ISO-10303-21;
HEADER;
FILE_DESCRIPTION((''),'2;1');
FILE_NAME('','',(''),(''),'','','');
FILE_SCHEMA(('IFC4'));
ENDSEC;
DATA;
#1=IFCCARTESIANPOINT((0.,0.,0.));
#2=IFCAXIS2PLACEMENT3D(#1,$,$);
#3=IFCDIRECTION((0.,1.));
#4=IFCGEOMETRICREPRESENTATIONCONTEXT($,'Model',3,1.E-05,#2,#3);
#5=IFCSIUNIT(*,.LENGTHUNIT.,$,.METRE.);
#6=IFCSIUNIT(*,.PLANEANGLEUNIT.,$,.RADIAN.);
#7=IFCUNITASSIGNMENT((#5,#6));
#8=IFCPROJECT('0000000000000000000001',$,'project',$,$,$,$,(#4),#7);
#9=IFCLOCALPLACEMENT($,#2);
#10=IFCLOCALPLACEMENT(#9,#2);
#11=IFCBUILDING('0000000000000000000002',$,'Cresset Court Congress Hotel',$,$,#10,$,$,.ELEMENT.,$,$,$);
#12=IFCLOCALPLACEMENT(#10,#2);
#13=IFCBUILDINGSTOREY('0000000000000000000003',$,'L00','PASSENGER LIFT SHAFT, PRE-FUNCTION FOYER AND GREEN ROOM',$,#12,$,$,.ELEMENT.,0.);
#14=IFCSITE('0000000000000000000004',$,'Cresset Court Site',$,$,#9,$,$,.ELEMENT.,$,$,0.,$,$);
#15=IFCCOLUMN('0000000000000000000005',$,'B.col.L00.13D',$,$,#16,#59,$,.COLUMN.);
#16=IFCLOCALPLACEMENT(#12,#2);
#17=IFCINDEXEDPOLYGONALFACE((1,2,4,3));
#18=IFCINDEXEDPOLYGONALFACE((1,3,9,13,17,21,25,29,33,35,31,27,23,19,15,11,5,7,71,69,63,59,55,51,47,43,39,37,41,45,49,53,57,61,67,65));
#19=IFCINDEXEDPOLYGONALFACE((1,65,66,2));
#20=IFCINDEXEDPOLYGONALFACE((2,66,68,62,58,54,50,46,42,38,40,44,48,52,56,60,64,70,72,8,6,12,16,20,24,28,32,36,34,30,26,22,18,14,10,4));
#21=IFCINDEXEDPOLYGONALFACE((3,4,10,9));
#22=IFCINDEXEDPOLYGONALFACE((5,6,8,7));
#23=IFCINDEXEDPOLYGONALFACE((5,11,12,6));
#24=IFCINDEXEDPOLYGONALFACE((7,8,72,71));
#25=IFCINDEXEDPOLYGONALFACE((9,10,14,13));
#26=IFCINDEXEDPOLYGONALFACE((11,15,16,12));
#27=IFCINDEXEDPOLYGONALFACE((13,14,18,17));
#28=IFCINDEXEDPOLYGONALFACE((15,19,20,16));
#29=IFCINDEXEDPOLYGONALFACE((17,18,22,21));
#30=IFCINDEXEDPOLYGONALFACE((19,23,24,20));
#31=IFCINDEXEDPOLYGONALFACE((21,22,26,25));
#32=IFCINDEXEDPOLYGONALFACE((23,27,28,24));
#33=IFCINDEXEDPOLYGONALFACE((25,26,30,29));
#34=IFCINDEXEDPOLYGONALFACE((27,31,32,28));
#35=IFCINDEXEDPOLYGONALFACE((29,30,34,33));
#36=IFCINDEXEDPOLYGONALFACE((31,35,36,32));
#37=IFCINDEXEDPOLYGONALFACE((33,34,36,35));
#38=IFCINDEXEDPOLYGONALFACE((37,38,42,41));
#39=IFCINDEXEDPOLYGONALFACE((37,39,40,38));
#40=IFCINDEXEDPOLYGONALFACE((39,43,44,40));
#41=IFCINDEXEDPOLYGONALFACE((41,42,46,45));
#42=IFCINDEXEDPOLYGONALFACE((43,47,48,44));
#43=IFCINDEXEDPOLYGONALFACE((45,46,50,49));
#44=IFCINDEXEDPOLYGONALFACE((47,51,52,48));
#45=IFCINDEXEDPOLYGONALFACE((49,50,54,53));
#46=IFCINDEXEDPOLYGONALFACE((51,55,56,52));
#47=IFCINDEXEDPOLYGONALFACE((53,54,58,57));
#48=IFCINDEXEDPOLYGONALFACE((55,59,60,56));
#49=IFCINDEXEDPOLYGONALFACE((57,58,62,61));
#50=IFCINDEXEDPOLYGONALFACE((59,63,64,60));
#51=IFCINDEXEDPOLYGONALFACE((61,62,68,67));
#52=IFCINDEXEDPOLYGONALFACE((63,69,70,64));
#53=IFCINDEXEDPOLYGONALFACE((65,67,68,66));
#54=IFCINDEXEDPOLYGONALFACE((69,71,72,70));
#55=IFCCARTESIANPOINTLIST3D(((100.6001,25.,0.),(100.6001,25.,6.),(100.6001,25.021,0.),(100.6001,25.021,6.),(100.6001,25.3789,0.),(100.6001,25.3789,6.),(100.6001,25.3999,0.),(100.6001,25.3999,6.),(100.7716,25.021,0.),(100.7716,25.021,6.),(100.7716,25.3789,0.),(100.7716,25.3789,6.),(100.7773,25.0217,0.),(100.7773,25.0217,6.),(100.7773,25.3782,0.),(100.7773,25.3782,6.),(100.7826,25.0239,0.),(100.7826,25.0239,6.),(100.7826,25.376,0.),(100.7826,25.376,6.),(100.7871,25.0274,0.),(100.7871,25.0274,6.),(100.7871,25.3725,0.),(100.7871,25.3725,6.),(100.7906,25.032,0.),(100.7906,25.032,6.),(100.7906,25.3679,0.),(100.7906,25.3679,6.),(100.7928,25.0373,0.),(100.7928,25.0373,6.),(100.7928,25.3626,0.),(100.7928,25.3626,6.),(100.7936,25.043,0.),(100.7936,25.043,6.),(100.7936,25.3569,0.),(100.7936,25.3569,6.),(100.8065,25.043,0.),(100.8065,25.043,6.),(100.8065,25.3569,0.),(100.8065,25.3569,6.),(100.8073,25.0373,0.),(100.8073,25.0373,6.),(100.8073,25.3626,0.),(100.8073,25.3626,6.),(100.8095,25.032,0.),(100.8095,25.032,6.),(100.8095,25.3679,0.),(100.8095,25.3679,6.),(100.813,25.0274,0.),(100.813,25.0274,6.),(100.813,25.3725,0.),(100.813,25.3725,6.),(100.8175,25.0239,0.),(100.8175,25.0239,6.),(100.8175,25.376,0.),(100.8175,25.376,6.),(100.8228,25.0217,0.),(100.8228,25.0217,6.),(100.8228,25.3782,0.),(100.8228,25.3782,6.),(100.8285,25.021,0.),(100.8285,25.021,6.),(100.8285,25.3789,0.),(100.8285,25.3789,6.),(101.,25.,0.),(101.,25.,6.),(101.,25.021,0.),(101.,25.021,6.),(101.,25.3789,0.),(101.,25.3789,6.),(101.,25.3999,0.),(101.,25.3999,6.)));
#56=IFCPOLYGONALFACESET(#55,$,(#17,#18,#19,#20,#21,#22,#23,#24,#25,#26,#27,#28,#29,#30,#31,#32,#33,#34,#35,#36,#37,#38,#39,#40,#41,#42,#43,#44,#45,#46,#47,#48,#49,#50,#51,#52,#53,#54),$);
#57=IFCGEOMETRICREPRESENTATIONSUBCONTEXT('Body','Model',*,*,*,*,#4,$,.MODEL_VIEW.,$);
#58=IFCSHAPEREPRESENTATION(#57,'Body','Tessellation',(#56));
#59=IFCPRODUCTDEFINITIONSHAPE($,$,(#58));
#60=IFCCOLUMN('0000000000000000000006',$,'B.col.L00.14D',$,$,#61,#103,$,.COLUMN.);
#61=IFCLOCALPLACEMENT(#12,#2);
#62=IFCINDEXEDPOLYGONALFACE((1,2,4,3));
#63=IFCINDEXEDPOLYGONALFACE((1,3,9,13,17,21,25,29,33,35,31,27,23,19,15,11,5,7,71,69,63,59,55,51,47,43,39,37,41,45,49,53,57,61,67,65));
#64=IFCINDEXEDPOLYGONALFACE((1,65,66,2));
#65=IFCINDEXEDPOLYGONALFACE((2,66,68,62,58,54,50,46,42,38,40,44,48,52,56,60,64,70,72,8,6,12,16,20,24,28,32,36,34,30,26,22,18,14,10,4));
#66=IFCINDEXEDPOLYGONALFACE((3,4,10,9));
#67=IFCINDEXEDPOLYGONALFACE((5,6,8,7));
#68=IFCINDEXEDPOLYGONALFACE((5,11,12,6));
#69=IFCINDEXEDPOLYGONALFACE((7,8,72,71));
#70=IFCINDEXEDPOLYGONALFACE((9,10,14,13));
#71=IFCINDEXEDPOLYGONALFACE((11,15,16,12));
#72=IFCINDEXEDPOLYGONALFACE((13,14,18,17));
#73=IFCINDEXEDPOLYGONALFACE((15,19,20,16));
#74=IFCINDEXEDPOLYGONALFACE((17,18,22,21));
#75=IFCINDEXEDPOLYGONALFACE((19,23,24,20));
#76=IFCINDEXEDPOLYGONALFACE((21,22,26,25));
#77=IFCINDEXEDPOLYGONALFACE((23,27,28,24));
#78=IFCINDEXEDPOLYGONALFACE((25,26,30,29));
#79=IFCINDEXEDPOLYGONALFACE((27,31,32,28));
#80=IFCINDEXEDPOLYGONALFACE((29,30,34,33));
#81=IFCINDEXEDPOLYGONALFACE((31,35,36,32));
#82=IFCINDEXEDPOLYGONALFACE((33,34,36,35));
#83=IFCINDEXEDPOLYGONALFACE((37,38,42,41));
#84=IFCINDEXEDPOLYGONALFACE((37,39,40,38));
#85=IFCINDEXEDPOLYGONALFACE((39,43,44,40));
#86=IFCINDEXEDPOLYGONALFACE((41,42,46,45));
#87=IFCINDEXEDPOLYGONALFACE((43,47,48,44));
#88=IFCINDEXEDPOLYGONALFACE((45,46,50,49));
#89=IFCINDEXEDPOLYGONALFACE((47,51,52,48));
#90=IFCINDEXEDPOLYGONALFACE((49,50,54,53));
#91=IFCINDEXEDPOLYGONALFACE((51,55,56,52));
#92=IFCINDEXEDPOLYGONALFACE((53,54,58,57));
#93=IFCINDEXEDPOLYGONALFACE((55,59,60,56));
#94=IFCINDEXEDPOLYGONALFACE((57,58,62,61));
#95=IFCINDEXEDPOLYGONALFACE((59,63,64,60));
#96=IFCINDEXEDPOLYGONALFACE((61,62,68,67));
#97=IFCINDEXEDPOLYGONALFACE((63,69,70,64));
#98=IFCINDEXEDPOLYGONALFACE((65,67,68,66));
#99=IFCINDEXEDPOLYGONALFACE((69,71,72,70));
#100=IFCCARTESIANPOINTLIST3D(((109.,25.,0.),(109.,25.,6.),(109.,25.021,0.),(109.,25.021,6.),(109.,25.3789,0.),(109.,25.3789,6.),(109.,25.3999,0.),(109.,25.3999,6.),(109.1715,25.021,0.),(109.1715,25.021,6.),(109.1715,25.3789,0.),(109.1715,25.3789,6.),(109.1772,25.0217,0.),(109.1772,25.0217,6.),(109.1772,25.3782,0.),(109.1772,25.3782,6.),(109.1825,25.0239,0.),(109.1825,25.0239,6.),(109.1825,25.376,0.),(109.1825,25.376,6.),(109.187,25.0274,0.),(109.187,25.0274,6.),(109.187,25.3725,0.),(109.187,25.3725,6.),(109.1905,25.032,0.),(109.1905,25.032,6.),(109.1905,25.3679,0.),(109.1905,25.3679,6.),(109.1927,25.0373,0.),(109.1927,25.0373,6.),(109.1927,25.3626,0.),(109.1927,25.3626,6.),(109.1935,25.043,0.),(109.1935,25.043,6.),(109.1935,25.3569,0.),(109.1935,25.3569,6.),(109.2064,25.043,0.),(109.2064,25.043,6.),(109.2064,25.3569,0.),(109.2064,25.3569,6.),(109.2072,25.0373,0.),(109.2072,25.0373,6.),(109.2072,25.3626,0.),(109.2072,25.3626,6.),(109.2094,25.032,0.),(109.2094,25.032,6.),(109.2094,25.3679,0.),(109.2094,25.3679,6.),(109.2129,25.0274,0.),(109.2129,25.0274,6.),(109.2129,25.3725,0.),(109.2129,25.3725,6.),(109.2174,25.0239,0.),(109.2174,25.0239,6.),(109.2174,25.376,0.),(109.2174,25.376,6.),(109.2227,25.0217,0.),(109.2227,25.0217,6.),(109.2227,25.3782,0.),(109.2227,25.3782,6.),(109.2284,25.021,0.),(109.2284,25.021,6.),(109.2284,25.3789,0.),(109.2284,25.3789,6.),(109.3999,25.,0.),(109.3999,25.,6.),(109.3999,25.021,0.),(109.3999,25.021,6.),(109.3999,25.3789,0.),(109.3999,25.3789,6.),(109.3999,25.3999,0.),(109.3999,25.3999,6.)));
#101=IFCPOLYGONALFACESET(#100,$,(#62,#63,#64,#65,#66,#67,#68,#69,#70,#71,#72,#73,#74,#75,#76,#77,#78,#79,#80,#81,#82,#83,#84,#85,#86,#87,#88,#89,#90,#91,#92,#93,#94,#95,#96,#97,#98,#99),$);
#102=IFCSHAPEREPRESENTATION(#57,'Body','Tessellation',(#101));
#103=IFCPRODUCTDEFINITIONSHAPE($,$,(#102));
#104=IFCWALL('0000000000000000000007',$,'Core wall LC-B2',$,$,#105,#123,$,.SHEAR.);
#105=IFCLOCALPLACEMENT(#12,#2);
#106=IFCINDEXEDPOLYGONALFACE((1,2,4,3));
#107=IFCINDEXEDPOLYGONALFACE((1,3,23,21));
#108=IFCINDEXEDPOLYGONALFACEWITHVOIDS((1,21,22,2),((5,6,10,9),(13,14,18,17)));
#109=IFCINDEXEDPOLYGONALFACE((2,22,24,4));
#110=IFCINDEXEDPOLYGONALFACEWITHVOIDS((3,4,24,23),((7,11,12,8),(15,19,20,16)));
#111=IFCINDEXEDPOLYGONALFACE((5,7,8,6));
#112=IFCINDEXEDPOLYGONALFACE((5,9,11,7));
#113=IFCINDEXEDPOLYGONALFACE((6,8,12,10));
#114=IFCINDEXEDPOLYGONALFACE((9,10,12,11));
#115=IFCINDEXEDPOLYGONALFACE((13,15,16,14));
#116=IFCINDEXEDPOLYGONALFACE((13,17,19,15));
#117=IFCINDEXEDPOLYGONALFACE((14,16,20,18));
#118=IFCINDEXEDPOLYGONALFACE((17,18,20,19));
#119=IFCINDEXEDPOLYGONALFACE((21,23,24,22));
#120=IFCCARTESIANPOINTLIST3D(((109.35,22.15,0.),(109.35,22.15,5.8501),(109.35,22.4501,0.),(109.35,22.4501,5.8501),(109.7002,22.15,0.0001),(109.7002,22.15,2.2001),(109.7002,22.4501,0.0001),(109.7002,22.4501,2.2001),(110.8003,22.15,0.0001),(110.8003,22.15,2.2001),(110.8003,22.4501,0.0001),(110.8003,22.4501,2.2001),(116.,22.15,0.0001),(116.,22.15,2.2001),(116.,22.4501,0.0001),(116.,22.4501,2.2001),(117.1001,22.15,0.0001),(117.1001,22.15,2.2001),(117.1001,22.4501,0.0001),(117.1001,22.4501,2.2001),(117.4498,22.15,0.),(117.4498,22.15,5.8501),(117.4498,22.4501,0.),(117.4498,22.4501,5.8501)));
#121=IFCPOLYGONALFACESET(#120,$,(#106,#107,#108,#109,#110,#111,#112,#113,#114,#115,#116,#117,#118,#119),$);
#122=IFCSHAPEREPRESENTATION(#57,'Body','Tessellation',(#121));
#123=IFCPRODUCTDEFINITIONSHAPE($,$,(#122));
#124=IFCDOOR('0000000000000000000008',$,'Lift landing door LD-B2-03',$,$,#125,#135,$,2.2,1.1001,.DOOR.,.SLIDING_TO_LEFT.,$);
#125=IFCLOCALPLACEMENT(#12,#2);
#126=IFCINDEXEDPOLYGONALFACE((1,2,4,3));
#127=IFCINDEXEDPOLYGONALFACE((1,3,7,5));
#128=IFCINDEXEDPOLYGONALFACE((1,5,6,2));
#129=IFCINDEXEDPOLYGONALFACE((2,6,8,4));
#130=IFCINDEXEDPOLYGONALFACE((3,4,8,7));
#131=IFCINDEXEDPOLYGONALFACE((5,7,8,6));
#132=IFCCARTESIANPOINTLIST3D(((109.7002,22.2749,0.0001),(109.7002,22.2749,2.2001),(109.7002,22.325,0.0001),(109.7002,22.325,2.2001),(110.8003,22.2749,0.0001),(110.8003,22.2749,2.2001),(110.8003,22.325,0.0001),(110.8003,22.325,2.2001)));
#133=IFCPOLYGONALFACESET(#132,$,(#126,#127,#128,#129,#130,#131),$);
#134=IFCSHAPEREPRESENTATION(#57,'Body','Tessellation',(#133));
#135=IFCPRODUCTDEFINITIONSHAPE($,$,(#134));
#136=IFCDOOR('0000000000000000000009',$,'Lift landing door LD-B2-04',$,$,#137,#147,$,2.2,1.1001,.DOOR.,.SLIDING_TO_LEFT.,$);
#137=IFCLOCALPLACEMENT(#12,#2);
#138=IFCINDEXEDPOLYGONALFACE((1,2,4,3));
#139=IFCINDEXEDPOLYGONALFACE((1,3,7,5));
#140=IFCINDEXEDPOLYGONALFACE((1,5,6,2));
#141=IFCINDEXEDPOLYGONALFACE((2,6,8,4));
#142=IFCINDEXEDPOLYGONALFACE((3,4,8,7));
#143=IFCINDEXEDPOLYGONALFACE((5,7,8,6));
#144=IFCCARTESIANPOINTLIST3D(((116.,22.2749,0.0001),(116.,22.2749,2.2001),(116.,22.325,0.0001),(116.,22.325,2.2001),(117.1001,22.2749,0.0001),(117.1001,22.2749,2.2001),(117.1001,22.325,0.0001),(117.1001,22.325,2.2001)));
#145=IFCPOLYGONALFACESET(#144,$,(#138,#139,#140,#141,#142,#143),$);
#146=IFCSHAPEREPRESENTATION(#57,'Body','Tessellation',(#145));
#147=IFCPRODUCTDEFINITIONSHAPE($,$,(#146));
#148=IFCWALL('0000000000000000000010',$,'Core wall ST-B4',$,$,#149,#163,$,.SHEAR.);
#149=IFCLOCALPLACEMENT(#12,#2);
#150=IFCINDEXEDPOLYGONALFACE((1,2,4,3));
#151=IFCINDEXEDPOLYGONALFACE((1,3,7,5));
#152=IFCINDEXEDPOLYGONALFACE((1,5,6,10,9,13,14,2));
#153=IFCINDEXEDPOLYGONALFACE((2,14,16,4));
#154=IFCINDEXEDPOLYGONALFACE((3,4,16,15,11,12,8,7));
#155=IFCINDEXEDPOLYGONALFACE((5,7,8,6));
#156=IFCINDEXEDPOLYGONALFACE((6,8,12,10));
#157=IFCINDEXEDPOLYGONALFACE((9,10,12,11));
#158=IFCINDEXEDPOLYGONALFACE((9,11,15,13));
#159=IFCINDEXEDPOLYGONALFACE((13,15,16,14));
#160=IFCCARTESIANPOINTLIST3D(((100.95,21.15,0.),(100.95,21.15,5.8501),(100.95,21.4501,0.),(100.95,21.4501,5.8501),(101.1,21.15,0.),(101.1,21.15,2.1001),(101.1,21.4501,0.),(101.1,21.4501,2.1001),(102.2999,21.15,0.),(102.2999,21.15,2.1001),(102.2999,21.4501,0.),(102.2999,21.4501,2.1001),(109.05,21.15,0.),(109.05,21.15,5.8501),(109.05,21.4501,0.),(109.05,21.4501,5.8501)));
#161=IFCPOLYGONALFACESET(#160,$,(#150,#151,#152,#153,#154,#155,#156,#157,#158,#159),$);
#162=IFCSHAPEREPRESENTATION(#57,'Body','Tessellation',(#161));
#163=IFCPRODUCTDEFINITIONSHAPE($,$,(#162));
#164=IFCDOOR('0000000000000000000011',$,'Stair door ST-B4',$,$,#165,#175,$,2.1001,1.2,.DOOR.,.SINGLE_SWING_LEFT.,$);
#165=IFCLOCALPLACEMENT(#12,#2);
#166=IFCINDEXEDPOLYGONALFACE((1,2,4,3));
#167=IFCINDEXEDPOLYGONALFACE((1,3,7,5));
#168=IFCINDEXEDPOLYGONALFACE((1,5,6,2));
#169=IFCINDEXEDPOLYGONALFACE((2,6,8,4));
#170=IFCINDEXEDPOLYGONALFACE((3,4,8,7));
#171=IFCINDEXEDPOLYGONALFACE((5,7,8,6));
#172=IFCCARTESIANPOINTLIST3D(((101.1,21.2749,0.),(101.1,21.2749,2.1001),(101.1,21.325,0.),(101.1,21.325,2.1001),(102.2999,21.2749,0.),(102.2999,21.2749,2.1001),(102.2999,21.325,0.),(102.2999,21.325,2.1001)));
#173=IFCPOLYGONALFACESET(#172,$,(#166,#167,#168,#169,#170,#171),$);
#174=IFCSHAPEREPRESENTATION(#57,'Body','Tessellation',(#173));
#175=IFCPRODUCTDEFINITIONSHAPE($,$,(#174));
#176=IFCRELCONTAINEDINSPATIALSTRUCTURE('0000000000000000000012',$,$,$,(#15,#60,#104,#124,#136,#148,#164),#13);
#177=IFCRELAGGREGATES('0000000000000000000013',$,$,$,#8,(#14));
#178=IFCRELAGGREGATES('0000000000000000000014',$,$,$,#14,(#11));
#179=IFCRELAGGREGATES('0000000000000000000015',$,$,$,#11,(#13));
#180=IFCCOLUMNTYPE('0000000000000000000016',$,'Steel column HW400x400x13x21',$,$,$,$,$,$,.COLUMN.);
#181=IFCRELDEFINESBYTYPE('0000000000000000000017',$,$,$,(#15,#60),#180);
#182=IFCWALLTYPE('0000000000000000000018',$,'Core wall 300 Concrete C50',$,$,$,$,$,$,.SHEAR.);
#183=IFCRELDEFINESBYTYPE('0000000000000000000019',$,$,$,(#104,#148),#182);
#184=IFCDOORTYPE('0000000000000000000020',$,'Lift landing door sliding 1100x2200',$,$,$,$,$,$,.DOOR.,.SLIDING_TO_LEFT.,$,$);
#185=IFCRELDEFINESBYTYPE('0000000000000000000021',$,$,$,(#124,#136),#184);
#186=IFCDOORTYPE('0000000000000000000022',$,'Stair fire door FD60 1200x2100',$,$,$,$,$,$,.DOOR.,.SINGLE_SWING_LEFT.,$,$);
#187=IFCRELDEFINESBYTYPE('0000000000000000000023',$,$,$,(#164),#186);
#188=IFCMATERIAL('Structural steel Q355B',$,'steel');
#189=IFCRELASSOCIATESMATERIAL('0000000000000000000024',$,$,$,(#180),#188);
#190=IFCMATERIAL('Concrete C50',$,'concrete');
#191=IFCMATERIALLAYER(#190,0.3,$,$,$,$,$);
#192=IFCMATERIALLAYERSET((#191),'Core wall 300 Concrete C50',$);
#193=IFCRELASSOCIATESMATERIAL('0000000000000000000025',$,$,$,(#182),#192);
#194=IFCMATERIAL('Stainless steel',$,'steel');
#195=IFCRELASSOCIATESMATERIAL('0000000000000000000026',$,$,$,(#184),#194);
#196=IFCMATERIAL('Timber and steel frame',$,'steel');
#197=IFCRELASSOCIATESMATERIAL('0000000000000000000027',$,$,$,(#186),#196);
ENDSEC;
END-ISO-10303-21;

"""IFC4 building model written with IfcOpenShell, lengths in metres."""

from ifc_helpers import new_model, si_unit, direction, frame, frame_2d, origin, origin_2d, place, context, subcontext, project, spatial, rectangle, i_section, extrude, material, layer, layer_set, material_profile, profile_set, type_object, element, fill, save


model = new_model("IFC4")

# Units and contexts
model_context = context("Model", 3, precision=1e-05, world=origin(), true_north=direction((0.0, 1.0)))
body_context = subcontext(model_context, "Body", "Model", "MODEL_VIEW")
ifc_project = project(units=[si_unit("LENGTHUNIT", "METRE"), si_unit("PLANEANGLEUNIT", "RADIAN")], contexts=[model_context])

# Site, building, storey
site_placement = place(None, origin())
site = spatial("IfcSite", under=ifc_project, at=site_placement, Name="Cresset Court Site", CompositionType="ELEMENT", RefElevation=0.0)
building_placement = place(site_placement, origin())
building = spatial("IfcBuilding", under=site, at=building_placement, Name="Cresset Court Congress Hotel", CompositionType="ELEMENT")
storey_placement = place(building_placement, origin())
storey = spatial("IfcBuildingStorey", under=building, at=storey_placement, Name="L00", Description="PASSENGER LIFT SHAFT, PRE-FUNCTION FOYER AND GREEN ROOM", CompositionType="ELEMENT", Elevation=0.0)

# Columns
ifc_material_1 = material(Name="Structural steel Q355B", Category="steel")
ifc_material_profile = material_profile(ifc_material_1, i_section(OverallWidth=0.3999, OverallDepth=0.3999, WebThickness=0.0129, FlangeThickness=0.021, FilletRadius=0.022, at=origin_2d()), Name="HW400x400x13x21")
ifc_profile_set = profile_set([ifc_material_profile], Name="Structural steel Q355B")
column_type = type_object("IfcColumnType", Name="Steel column HW400x400x13x21", PredefinedType="COLUMN", material=ifc_profile_set)
for number, where, z_axis, x_axis, name in (
    (1, (100.8, 25.2, 0.0), (0.0, 0.0, 1.0), (1.0, 0.0, 0.0), "B.col.L00.13D"),
    (2, (109.2, 25.2, 0.0), (0.0, 0.0, 1.0), (1.0, 0.0, 0.0), "B.col.L00.14D"),
):
    element("IfcColumn", number, at=place(storey_placement, frame(where, z_axis=z_axis, x_axis=x_axis)), inside=storey, type_object=column_type, Name=name, PredefinedType="COLUMN", context=body_context, shape_type="SweptSolid", body=[
        extrude(i_section(OverallWidth=0.3999, OverallDepth=0.3999, WebThickness=0.0129, FlangeThickness=0.021, FilletRadius=0.022, at=origin_2d()), origin(), (0.0, 0.0, 1.0), 6.0),
    ])

# Wall, openings, doors
ifc_material_2 = material(Name="Concrete C50", Category="concrete")
ifc_layer_1 = layer(ifc_material_2, 0.3)
ifc_layer_set_1 = layer_set([ifc_layer_1], Name="Core wall 300 Concrete C50")
wall_type_1 = type_object("IfcWallType", Name="Core wall 300 Concrete C50", PredefinedType="SHEAR", material=ifc_layer_set_1)
wall_1_placement = place(storey_placement, frame((109.3501, 22.3, 0.0), z_axis=(0.0, 0.0, 1.0), x_axis=(1.0, 0.0, 0.0)))
wall_1 = element("IfcWall", 3, at=wall_1_placement, inside=storey, type_object=wall_type_1, Name="Core wall LC-B2", PredefinedType="SHEAR", context=body_context, shape_type="SweptSolid", body=[
    extrude(rectangle(XDim=8.0999, YDim=0.3, at=frame_2d((4.0498, 0.0))), origin(), (0.0, 0.0, 1.0), 5.8501),
])
opening_1_placement = place(wall_1_placement, frame((0.3501, 0.0, 0.0)))
opening_1 = element("IfcOpeningElement", 4, at=opening_1_placement, cuts=wall_1, PredefinedType="OPENING", context=body_context, shape_type="SweptSolid", body=[
    extrude(rectangle(XDim=1.1001, YDim=2.2, at=frame_2d((0.55, 1.1001))), frame((0.0, 0.1599, 0.0), z_axis=(0.0, -1.0, 0.0), x_axis=(1.0, 0.0, 0.0)), (0.0, 0.0, 1.0), 0.3201),
])
opening_2_placement = place(wall_1_placement, frame((6.6499, 0.0, 0.0)))
opening_2 = element("IfcOpeningElement", 5, at=opening_2_placement, cuts=wall_1, PredefinedType="OPENING", context=body_context, shape_type="SweptSolid", body=[
    extrude(rectangle(XDim=1.1001, YDim=2.2, at=frame_2d((0.55, 1.1001))), frame((0.0, 0.1599, 0.0), z_axis=(0.0, -1.0, 0.0), x_axis=(1.0, 0.0, 0.0)), (0.0, 0.0, 1.0), 0.3201),
])
ifc_material_3 = material(Name="Stainless steel", Category="steel")
door_type_1 = type_object("IfcDoorType", Name="Lift landing door sliding 1100x2200", OperationType="SLIDING_TO_LEFT", PredefinedType="DOOR", material=ifc_material_3)
door_1_placement = place(opening_1_placement, origin())
door_1 = element("IfcDoor", 6, at=door_1_placement, inside=storey, type_object=door_type_1, Name="Lift landing door LD-B2-03", OperationType="SLIDING_TO_LEFT", OverallHeight=2.2, OverallWidth=1.1001, PredefinedType="DOOR", context=body_context, shape_type="SweptSolid", body=[
    extrude(rectangle(XDim=1.1001, YDim=2.2, at=frame_2d((0.55, 1.1001))), frame((0.0, 0.0249, 0.0), z_axis=(0.0, -1.0, 0.0), x_axis=(1.0, 0.0, 0.0)), (0.0, 0.0, 1.0), 0.05),
])
fill(opening_1, door_1)
door_2_placement = place(opening_2_placement, origin())
door_2 = element("IfcDoor", 7, at=door_2_placement, inside=storey, type_object=door_type_1, Name="Lift landing door LD-B2-04", OperationType="SLIDING_TO_LEFT", OverallHeight=2.2, OverallWidth=1.1001, PredefinedType="DOOR", context=body_context, shape_type="SweptSolid", body=[
    extrude(rectangle(XDim=1.1001, YDim=2.2, at=frame_2d((0.55, 1.1001))), frame((0.0, 0.0249, 0.0), z_axis=(0.0, -1.0, 0.0), x_axis=(1.0, 0.0, 0.0)), (0.0, 0.0, 1.0), 0.05),
])
fill(opening_2, door_2)

# Wall, opening, door
wall_2_placement = place(storey_placement, frame((100.95, 21.3, 0.0), z_axis=(0.0, 0.0, 1.0), x_axis=(1.0, 0.0, 0.0)))
wall_2 = element("IfcWall", 8, at=wall_2_placement, inside=storey, type_object=wall_type_1, Name="Core wall ST-B4", PredefinedType="SHEAR", context=body_context, shape_type="SweptSolid", body=[
    extrude(rectangle(XDim=8.1001, YDim=0.3, at=frame_2d((4.05, 0.0))), origin(), (0.0, 0.0, 1.0), 5.8501),
])
opening_3_placement = place(wall_2_placement, frame((0.1499, 0.0, 0.0)))
opening_3 = element("IfcOpeningElement", 9, at=opening_3_placement, cuts=wall_2, PredefinedType="OPENING", context=body_context, shape_type="SweptSolid", body=[
    extrude(rectangle(XDim=1.2, YDim=2.1001, at=frame_2d((0.6001, 1.05))), frame((0.0, 0.1599, 0.0), z_axis=(0.0, -1.0, 0.0), x_axis=(1.0, 0.0, 0.0)), (0.0, 0.0, 1.0), 0.3201),
])
ifc_material_4 = material(Name="Timber and steel frame", Category="steel")
door_type_2 = type_object("IfcDoorType", Name="Stair fire door FD60 1200x2100", OperationType="SINGLE_SWING_LEFT", PredefinedType="DOOR", material=ifc_material_4)
door_3_placement = place(opening_3_placement, origin())
door_3 = element("IfcDoor", 10, at=door_3_placement, inside=storey, type_object=door_type_2, Name="Stair door ST-B4", OperationType="SINGLE_SWING_LEFT", OverallHeight=2.1001, OverallWidth=1.2, PredefinedType="DOOR", context=body_context, shape_type="SweptSolid", body=[
    extrude(rectangle(XDim=1.2, YDim=2.1001, at=frame_2d((0.6001, 1.05))), frame((0.0, 0.0249, 0.0), z_axis=(0.0, -1.0, 0.0), x_axis=(1.0, 0.0, 0.0)), (0.0, 0.0, 1.0), 0.05),
])
fill(opening_3, door_3)

save(model, "model.ifc")
